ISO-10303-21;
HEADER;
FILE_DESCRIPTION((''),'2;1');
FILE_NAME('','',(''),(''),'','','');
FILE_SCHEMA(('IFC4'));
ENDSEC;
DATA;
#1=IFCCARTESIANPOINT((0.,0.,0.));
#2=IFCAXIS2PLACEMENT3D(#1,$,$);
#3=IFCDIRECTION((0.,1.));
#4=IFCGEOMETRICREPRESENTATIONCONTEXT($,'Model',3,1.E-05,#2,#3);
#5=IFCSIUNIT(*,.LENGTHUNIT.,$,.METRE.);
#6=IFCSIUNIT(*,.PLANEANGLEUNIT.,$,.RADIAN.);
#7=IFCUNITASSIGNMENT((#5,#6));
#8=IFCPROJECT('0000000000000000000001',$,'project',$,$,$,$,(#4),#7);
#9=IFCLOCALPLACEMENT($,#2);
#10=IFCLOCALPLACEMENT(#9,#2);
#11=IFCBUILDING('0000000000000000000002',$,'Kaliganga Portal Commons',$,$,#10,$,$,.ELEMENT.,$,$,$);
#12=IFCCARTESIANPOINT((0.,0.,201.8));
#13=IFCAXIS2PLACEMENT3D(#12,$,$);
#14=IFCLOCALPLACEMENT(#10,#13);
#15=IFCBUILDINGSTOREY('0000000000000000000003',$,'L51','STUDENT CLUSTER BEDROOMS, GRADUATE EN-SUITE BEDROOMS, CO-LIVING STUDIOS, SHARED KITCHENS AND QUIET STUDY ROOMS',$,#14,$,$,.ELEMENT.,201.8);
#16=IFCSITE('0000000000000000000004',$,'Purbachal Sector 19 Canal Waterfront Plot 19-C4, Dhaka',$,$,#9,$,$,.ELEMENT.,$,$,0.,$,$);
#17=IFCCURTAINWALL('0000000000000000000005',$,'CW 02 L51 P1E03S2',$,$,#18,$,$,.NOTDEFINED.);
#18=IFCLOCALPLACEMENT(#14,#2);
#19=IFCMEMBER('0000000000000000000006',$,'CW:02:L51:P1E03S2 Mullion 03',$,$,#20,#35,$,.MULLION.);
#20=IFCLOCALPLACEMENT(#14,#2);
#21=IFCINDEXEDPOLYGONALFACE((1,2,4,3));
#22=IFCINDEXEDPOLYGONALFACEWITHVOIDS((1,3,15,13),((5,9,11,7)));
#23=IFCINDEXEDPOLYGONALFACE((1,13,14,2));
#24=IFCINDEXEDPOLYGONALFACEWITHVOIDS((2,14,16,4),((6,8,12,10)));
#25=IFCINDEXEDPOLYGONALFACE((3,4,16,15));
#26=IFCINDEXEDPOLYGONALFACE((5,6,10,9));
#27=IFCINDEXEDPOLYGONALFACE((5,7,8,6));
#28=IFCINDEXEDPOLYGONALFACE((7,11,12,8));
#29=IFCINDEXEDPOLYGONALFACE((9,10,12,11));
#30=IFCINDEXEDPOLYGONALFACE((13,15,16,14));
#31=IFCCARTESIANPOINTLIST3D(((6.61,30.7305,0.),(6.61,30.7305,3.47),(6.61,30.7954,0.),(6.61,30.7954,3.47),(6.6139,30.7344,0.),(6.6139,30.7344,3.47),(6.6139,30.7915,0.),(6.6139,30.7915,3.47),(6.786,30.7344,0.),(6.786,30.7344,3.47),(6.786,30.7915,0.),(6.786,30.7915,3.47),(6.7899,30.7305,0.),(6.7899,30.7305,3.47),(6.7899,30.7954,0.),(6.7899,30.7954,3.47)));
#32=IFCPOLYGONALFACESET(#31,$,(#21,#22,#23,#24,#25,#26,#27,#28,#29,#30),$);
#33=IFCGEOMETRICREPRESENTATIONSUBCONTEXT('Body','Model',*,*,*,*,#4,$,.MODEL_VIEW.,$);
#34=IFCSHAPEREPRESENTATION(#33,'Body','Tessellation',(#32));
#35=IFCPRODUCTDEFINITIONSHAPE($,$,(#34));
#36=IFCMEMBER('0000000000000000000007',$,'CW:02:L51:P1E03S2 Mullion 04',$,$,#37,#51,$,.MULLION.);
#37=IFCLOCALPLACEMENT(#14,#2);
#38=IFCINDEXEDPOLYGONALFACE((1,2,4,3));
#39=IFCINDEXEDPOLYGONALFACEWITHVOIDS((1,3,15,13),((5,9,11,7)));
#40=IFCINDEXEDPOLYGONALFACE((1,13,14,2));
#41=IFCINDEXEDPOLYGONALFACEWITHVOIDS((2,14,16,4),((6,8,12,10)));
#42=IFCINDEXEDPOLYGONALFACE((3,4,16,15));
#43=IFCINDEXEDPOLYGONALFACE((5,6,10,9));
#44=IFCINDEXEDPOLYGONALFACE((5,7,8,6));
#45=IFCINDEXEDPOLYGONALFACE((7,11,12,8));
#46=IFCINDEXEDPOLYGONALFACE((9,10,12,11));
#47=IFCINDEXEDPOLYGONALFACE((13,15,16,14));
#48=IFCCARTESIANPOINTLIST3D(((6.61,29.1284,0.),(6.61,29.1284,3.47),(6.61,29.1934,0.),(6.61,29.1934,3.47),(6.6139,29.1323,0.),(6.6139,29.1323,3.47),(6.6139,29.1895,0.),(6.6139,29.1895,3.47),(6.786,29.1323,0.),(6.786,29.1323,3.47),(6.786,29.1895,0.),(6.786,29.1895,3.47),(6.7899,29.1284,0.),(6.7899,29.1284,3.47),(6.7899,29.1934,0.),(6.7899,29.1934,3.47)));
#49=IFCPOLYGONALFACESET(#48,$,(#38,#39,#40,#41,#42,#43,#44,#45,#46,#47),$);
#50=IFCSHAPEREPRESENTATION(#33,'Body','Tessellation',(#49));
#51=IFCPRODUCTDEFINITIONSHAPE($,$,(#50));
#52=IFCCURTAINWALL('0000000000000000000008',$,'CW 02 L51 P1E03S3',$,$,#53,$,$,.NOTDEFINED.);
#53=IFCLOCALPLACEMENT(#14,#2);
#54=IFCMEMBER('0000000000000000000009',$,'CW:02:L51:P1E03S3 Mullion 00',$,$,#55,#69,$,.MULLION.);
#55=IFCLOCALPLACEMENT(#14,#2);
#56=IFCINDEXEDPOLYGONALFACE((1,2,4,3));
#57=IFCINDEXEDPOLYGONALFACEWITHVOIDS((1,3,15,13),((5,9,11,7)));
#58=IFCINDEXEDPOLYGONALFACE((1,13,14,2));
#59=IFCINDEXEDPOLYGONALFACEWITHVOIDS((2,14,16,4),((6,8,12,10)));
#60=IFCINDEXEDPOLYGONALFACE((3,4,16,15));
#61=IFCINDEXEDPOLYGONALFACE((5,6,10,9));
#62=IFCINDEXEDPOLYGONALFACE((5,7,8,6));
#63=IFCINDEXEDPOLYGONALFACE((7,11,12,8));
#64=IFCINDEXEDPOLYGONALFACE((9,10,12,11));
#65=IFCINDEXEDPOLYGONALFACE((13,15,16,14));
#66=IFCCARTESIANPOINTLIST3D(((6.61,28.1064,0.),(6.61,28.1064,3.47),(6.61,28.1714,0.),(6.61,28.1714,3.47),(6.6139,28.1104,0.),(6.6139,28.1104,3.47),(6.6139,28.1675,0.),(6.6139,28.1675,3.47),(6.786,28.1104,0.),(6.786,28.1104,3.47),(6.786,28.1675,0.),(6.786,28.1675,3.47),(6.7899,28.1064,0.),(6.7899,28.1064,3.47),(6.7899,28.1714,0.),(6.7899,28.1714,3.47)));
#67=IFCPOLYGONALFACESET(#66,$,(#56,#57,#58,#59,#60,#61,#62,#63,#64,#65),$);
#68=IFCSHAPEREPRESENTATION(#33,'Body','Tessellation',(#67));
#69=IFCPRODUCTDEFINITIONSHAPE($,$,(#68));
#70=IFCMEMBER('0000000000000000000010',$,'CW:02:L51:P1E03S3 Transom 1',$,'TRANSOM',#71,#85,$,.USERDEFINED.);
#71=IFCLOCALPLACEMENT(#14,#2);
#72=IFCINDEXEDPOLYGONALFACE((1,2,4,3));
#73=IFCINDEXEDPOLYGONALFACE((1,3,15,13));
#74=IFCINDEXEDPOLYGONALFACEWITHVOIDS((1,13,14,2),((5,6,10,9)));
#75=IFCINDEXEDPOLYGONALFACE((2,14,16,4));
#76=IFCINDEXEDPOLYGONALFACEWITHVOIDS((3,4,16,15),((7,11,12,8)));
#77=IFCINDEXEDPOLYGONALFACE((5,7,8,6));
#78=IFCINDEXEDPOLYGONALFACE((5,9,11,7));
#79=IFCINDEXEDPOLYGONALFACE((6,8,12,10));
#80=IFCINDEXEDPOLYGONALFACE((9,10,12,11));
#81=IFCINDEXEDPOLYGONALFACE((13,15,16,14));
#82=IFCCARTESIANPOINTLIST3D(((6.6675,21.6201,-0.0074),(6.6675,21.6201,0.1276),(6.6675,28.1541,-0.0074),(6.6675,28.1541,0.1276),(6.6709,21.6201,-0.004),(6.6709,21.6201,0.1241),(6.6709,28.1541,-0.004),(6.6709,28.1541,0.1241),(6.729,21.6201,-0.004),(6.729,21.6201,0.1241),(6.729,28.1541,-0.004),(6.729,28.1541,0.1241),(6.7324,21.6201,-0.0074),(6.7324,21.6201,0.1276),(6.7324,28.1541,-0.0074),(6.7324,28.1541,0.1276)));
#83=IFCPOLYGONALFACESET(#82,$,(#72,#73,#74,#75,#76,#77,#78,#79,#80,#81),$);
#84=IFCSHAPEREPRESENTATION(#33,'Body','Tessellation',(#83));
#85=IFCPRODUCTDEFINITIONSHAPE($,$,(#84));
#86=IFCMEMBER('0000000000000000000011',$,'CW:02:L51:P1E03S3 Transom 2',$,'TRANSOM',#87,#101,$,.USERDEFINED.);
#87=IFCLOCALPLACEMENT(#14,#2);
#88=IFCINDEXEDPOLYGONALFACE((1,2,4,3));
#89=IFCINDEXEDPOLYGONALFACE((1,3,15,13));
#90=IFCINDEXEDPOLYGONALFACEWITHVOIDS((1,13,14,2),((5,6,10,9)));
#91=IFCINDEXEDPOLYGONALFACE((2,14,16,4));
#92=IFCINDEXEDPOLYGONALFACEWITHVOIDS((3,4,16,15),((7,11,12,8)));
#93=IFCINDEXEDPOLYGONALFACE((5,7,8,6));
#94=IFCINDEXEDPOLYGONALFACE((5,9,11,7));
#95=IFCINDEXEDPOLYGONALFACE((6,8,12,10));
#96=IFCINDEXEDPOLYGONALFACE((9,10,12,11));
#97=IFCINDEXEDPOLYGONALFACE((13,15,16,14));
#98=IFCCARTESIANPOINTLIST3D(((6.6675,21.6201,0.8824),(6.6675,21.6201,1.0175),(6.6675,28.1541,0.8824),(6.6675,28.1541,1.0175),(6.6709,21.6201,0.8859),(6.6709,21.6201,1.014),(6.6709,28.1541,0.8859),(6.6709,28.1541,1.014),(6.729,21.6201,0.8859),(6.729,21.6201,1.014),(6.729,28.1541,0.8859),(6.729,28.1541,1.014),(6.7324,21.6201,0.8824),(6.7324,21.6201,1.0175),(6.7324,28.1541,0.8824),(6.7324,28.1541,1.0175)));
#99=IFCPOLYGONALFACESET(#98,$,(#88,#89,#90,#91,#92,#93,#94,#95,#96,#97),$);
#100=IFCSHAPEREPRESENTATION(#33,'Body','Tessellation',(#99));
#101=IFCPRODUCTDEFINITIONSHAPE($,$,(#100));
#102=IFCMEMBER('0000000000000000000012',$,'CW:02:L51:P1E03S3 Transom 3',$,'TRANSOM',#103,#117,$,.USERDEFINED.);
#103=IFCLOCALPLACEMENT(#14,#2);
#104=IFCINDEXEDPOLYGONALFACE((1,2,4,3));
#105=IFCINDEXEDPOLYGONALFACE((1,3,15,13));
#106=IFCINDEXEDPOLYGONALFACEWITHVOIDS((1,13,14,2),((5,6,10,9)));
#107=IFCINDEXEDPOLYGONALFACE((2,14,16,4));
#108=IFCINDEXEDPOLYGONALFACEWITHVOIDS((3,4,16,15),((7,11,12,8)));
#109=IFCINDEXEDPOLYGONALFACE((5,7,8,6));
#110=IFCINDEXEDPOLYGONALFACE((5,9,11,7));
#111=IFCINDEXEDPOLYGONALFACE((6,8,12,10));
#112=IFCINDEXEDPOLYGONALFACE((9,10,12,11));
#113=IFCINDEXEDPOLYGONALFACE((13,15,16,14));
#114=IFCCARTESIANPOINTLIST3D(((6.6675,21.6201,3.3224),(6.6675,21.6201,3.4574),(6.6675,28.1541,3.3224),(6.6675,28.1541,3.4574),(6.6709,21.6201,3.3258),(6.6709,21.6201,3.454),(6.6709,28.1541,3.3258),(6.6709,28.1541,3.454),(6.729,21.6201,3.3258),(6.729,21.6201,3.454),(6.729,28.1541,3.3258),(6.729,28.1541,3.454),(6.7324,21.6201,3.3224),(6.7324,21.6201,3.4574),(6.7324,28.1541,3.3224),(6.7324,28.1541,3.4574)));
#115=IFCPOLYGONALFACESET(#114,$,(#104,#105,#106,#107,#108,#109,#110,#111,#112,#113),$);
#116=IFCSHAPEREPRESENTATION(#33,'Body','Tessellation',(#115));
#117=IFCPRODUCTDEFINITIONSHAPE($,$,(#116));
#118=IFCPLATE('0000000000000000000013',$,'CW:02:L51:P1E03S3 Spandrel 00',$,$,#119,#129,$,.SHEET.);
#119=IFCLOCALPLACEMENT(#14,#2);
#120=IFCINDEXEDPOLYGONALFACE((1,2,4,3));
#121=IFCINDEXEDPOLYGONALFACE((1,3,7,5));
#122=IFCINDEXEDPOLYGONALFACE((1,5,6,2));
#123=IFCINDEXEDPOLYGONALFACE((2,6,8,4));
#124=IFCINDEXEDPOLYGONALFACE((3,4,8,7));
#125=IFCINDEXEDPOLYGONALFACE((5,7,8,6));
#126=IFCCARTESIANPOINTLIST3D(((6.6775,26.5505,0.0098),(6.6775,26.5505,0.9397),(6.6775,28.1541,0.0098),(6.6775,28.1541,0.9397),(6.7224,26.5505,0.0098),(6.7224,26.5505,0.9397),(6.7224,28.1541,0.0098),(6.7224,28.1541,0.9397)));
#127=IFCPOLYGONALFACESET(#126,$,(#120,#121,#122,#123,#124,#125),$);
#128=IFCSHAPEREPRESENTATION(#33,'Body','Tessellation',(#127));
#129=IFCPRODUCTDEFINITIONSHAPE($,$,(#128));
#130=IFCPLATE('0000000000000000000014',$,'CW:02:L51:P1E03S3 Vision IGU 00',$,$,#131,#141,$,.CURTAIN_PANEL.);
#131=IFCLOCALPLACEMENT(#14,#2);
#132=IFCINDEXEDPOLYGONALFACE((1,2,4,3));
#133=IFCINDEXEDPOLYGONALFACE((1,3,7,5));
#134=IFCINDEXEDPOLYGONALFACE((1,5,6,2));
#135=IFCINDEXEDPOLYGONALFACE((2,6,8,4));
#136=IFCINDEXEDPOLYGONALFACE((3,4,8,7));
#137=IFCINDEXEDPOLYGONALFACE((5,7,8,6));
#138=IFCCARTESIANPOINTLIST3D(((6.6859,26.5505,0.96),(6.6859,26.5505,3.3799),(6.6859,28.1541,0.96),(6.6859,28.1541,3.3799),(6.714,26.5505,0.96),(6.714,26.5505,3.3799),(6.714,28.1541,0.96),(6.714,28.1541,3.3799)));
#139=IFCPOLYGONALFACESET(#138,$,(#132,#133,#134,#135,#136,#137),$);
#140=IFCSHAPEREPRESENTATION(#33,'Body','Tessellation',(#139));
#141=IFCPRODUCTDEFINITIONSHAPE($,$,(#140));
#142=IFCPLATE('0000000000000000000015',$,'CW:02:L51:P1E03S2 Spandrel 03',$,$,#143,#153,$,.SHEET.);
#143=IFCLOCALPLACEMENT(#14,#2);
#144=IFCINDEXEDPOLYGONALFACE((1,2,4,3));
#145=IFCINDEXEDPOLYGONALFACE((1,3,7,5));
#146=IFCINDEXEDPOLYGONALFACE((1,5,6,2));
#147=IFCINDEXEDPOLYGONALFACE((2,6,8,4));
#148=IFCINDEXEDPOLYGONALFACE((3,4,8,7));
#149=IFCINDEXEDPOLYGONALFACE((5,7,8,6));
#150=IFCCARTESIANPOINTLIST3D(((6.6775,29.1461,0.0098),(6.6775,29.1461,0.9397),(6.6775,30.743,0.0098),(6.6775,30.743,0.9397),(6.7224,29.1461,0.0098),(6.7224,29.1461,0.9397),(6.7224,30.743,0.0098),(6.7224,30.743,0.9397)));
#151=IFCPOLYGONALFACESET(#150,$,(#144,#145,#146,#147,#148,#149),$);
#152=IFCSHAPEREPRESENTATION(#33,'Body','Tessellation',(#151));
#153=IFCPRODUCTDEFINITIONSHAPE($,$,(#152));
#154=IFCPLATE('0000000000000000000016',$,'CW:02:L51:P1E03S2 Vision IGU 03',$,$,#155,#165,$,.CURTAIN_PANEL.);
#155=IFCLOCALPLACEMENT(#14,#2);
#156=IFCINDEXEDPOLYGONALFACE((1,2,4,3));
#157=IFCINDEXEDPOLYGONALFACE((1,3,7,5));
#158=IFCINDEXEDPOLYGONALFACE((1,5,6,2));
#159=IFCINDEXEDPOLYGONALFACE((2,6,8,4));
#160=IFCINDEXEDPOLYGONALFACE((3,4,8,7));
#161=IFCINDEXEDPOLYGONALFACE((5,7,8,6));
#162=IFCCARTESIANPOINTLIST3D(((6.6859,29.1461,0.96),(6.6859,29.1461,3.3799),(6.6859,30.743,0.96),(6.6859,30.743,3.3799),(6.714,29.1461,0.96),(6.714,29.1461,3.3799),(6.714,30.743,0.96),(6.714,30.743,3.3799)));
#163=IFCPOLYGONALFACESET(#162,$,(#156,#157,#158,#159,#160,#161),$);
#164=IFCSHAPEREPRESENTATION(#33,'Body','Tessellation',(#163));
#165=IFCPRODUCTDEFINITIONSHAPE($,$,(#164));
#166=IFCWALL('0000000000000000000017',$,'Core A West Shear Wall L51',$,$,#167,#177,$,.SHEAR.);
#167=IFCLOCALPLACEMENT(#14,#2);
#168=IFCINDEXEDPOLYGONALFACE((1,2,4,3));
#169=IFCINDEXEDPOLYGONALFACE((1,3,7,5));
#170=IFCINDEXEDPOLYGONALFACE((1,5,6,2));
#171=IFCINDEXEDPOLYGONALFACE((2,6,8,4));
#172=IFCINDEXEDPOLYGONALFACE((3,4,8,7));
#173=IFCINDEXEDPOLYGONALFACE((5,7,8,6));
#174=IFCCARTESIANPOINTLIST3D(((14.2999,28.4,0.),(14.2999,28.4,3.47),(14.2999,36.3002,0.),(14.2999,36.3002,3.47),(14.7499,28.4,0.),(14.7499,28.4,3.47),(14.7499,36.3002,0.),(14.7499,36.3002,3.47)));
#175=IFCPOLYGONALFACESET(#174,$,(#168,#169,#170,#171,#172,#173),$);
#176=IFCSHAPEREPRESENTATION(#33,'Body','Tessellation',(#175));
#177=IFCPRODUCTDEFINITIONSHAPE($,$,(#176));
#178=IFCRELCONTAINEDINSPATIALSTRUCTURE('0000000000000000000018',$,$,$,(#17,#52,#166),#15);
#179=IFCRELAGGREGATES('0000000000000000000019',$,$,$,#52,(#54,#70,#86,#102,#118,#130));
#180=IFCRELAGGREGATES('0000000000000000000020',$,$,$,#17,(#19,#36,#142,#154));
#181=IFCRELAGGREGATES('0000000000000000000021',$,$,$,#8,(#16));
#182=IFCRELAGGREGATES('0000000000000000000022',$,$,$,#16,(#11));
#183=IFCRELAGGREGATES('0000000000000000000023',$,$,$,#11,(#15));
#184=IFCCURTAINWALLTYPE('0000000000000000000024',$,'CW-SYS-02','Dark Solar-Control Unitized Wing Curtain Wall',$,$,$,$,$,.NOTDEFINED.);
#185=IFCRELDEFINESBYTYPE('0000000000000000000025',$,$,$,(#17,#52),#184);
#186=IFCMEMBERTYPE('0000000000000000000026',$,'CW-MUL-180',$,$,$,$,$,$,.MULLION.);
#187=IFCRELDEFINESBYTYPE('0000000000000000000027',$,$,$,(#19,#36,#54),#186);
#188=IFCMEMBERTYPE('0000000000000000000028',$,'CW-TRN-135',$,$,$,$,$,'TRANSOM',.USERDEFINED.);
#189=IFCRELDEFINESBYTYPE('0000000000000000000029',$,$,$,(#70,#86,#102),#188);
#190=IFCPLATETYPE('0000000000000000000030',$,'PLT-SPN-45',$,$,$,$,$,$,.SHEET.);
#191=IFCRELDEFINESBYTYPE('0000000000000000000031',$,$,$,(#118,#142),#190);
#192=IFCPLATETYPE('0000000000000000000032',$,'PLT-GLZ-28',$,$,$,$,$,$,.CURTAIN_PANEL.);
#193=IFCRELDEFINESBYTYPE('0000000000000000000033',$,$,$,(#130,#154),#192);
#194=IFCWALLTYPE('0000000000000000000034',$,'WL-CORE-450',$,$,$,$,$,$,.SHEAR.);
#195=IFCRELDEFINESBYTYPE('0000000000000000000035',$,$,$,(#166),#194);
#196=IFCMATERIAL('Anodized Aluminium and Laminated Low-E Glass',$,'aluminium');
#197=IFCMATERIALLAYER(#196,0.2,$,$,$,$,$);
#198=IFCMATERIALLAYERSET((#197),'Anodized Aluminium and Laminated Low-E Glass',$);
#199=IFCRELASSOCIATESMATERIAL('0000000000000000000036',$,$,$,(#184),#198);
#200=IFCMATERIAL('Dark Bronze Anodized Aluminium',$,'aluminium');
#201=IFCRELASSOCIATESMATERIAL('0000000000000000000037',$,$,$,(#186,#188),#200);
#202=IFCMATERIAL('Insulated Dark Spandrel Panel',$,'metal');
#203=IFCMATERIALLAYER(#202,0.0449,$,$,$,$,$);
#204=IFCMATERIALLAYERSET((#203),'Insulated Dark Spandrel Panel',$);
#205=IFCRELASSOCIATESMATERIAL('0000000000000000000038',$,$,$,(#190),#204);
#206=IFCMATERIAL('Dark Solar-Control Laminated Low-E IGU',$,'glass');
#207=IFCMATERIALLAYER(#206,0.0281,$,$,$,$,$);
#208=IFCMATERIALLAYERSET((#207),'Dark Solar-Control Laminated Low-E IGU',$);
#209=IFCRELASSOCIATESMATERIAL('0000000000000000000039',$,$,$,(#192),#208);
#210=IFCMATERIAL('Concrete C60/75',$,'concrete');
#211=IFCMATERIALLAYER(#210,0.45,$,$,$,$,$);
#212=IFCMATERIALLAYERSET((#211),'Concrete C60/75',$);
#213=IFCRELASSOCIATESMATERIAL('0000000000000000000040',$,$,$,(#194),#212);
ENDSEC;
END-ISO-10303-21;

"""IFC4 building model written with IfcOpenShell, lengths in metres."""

from ifc_helpers import new_model, si_unit, direction, frame, frame_2d, origin, origin_2d, place, context, subcontext, project, spatial, rectangle, hollow_rectangle, extrude, source, transform, mapped, material, layer, layer_set, material_profile, profile_set, type_object, element, aggregate, save


model = new_model("IFC4")

# Units and contexts
model_context = context("Model", 3, precision=1e-05, world=origin(), true_north=direction((0.0, 1.0)))
body_context = subcontext(model_context, "Body", "Model", "MODEL_VIEW")
ifc_project = project(units=[si_unit("LENGTHUNIT", "METRE"), si_unit("PLANEANGLEUNIT", "RADIAN")], contexts=[model_context])

# Site, building, storey
site_placement = place(None, origin())
site = spatial("IfcSite", under=ifc_project, at=site_placement, Name="Purbachal Sector 19 Canal Waterfront Plot 19-C4, Dhaka", CompositionType="ELEMENT", RefElevation=0.0)
building_placement = place(site_placement, origin())
building = spatial("IfcBuilding", under=site, at=building_placement, Name="Kaliganga Portal Commons", CompositionType="ELEMENT")
storey_placement = place(building_placement, frame((0.0, 0.0, 201.8)))
storey = spatial("IfcBuildingStorey", under=building, at=storey_placement, Name="L51", Description="STUDENT CLUSTER BEDROOMS, GRADUATE EN-SUITE BEDROOMS, CO-LIVING STUDIOS, SHARED KITCHENS AND QUIET STUDY ROOMS", CompositionType="ELEMENT", Elevation=201.8)

# Curtain wall, members
ifc_material_1 = material(Name="Anodized Aluminium and Laminated Low-E Glass", Category="aluminium")
ifc_layer_1 = layer(ifc_material_1, 0.2)
ifc_layer_set_1 = layer_set([ifc_layer_1], Name="Anodized Aluminium and Laminated Low-E Glass")
curtain_wall_type = type_object("IfcCurtainWallType", Name="CW-SYS-02", Description="Dark Solar-Control Unitized Wing Curtain Wall", PredefinedType="NOTDEFINED", material=ifc_layer_set_1)
curtain_wall_1_placement = place(storey_placement, origin())
curtain_wall_1 = element("IfcCurtainWall", 1, at=curtain_wall_1_placement, inside=storey, type_object=curtain_wall_type, Name="CW 02 L51 P1E03S2", PredefinedType="NOTDEFINED")
ifc_material_2 = material(Name="Dark Bronze Anodized Aluminium", Category="aluminium")
ifc_material_profile_1 = material_profile(ifc_material_2, hollow_rectangle(XDim=0.0649, YDim=0.1799, WallThickness=0.0039, at=origin_2d()), Name="ALU MULL 65x180x4")
ifc_profile_set_1 = profile_set([ifc_material_profile_1], Name="Dark Bronze Anodized Aluminium")
member_type_1 = type_object("IfcMemberType", Name="CW-MUL-180", PredefinedType="MULLION", material=ifc_profile_set_1)
shared_shape_1 = source(origin(), body_context, "Body", "SweptSolid", [
    extrude(hollow_rectangle(XDim=0.0649, YDim=0.1799, WallThickness=0.0039, at=origin_2d()), origin(), (0.0, 0.0, 1.0), 3.47),
])
member_1_placement = place(storey_placement, frame((6.7, 30.7629, 0.0), z_axis=(0.0, 0.0, 1.0), x_axis=(0.0, -1.0, 0.0)))
member_1 = element("IfcMember", 2, at=member_1_placement, type_object=member_type_1, Name="CW:02:L51:P1E03S2 Mullion 03", PredefinedType="MULLION", context=body_context, shape_type="MappedRepresentation", body=[
    mapped(shared_shape_1, transform((0.0, 0.0, 0.0), x_axis=(1.0, 0.0, 0.0), y_axis=(0.0, 1.0, 0.0), z_axis=(0.0, 0.0, 1.0), scale=1.0)),
])
member_2_placement = place(storey_placement, frame((6.7, 29.1609, 0.0), z_axis=(0.0, 0.0, 1.0), x_axis=(0.0, -1.0, 0.0)))
member_2 = element("IfcMember", 3, at=member_2_placement, type_object=member_type_1, Name="CW:02:L51:P1E03S2 Mullion 04", PredefinedType="MULLION", context=body_context, shape_type="MappedRepresentation", body=[
    mapped(shared_shape_1, transform((0.0, 0.0, 0.0), x_axis=(1.0, 0.0, 0.0), y_axis=(0.0, 1.0, 0.0), z_axis=(0.0, 0.0, 1.0), scale=1.0)),
])

# Curtain wall, members, plates
curtain_wall_2_placement = place(storey_placement, origin())
curtain_wall_2 = element("IfcCurtainWall", 4, at=curtain_wall_2_placement, inside=storey, type_object=curtain_wall_type, Name="CW 02 L51 P1E03S3", PredefinedType="NOTDEFINED")
member_3_placement = place(storey_placement, frame((6.7, 28.1389, 0.0), z_axis=(0.0, 0.0, 1.0), x_axis=(0.0, -1.0, 0.0)))
member_3 = element("IfcMember", 5, at=member_3_placement, type_object=member_type_1, Name="CW:02:L51:P1E03S3 Mullion 00", PredefinedType="MULLION", context=body_context, shape_type="MappedRepresentation", body=[
    mapped(shared_shape_1, transform((0.0, 0.0, 0.0), x_axis=(1.0, 0.0, 0.0), y_axis=(0.0, 1.0, 0.0), z_axis=(0.0, 0.0, 1.0), scale=1.0)),
])
ifc_material_profile_2 = material_profile(ifc_material_2, hollow_rectangle(XDim=0.0649, YDim=0.135, WallThickness=0.0034, at=origin_2d()), Name="ALU TRAN 65x135x3.5")
ifc_profile_set_2 = profile_set([ifc_material_profile_2], Name="Dark Bronze Anodized Aluminium")
member_type_2 = type_object("IfcMemberType", Name="CW-TRN-135", ElementType="TRANSOM", PredefinedType="USERDEFINED", material=ifc_profile_set_2)
shared_shape_2 = source(origin(), body_context, "Body", "SweptSolid", [
    extrude(hollow_rectangle(XDim=0.0649, YDim=0.135, WallThickness=0.0034, at=origin_2d()), origin(), (0.0, 0.0, 1.0), 6.5339),
])
member_4_placement = place(storey_placement, frame((6.7, 28.1541, 0.0601), z_axis=(0.0, -1.0, 0.0), x_axis=(1.0, 0.0, 0.0)))
member_4 = element("IfcMember", 6, at=member_4_placement, type_object=member_type_2, Name="CW:02:L51:P1E03S3 Transom 1", ObjectType="TRANSOM", PredefinedType="USERDEFINED", context=body_context, shape_type="MappedRepresentation", body=[
    mapped(shared_shape_2, transform((0.0, 0.0, 0.0), x_axis=(1.0, 0.0, 0.0), y_axis=(0.0, 1.0, 0.0), z_axis=(0.0, 0.0, 1.0), scale=1.0)),
])
member_5_placement = place(storey_placement, frame((6.7, 28.1541, 0.95), z_axis=(0.0, -1.0, 0.0), x_axis=(1.0, 0.0, 0.0)))
member_5 = element("IfcMember", 7, at=member_5_placement, type_object=member_type_2, Name="CW:02:L51:P1E03S3 Transom 2", ObjectType="TRANSOM", PredefinedType="USERDEFINED", context=body_context, shape_type="MappedRepresentation", body=[
    mapped(shared_shape_2, transform((0.0, 0.0, 0.0), x_axis=(1.0, 0.0, 0.0), y_axis=(0.0, 1.0, 0.0), z_axis=(0.0, 0.0, 1.0), scale=1.0)),
])
member_6_placement = place(storey_placement, frame((6.7, 28.1541, 3.3899), z_axis=(0.0, -1.0, 0.0), x_axis=(1.0, 0.0, 0.0)))
member_6 = element("IfcMember", 8, at=member_6_placement, type_object=member_type_2, Name="CW:02:L51:P1E03S3 Transom 3", ObjectType="TRANSOM", PredefinedType="USERDEFINED", context=body_context, shape_type="MappedRepresentation", body=[
    mapped(shared_shape_2, transform((0.0, 0.0, 0.0), x_axis=(1.0, 0.0, 0.0), y_axis=(0.0, 1.0, 0.0), z_axis=(0.0, 0.0, 1.0), scale=1.0)),
])
ifc_material_3 = material(Name="Insulated Dark Spandrel Panel", Category="metal")
ifc_layer_2 = layer(ifc_material_3, 0.0449)
ifc_layer_set_2 = layer_set([ifc_layer_2], Name="Insulated Dark Spandrel Panel")
plate_type_1 = type_object("IfcPlateType", Name="PLT-SPN-45", PredefinedType="SHEET", material=ifc_layer_set_2)
shared_shape_3 = source(origin(), body_context, "Body", "SweptSolid", [
    extrude(rectangle(XDim=1.6035, YDim=0.0449, at=origin_2d()), origin(), (0.0, 0.0, 1.0), 0.9299),
])
plate_1_placement = place(storey_placement, frame((6.7, 27.3523, 0.0098), z_axis=(0.0, 0.0, 1.0), x_axis=(0.0, -1.0, 0.0)))
plate_1 = element("IfcPlate", 9, at=plate_1_placement, type_object=plate_type_1, Name="CW:02:L51:P1E03S3 Spandrel 00", PredefinedType="SHEET", context=body_context, shape_type="MappedRepresentation", body=[
    mapped(shared_shape_3, transform((0.0, 0.0, 0.0), x_axis=(1.0, 0.0, 0.0), y_axis=(0.0, 1.0, 0.0), z_axis=(0.0, 0.0, 1.0), scale=1.0)),
])
ifc_material_4 = material(Name="Dark Solar-Control Laminated Low-E IGU", Category="glass")
ifc_layer_3 = layer(ifc_material_4, 0.0281)
ifc_layer_set_3 = layer_set([ifc_layer_3], Name="Dark Solar-Control Laminated Low-E IGU")
plate_type_2 = type_object("IfcPlateType", Name="PLT-GLZ-28", PredefinedType="CURTAIN_PANEL", material=ifc_layer_set_3)
shared_shape_4 = source(origin(), body_context, "Body", "SweptSolid", [
    extrude(rectangle(XDim=1.6035, YDim=0.0281, at=origin_2d()), origin(), (0.0, 0.0, 1.0), 2.4199),
])
plate_2_placement = place(storey_placement, frame((6.7, 27.3523, 0.96), z_axis=(0.0, 0.0, 1.0), x_axis=(0.0, -1.0, 0.0)))
plate_2 = element("IfcPlate", 10, at=plate_2_placement, type_object=plate_type_2, Name="CW:02:L51:P1E03S3 Vision IGU 00", PredefinedType="CURTAIN_PANEL", context=body_context, shape_type="MappedRepresentation", body=[
    mapped(shared_shape_4, transform((0.0, 0.0, 0.0), x_axis=(1.0, 0.0, 0.0), y_axis=(0.0, 1.0, 0.0), z_axis=(0.0, 0.0, 1.0), scale=1.0)),
])
aggregate(curtain_wall_2, [member_3, member_4, member_5, member_6, plate_1, plate_2])

# Plates
shared_shape_5 = source(origin(), body_context, "Body", "SweptSolid", [
    extrude(rectangle(XDim=1.5969, YDim=0.0449, at=origin_2d()), origin(), (0.0, 0.0, 1.0), 0.9299),
])
plate_3_placement = place(storey_placement, frame((6.7, 29.9446, 0.0098), z_axis=(0.0, 0.0, 1.0), x_axis=(0.0, -1.0, 0.0)))
plate_3 = element("IfcPlate", 11, at=plate_3_placement, type_object=plate_type_1, Name="CW:02:L51:P1E03S2 Spandrel 03", PredefinedType="SHEET", context=body_context, shape_type="MappedRepresentation", body=[
    mapped(shared_shape_5, transform((0.0, 0.0, 0.0), x_axis=(1.0, 0.0, 0.0), y_axis=(0.0, 1.0, 0.0), z_axis=(0.0, 0.0, 1.0), scale=1.0)),
])
shared_shape_6 = source(origin(), body_context, "Body", "SweptSolid", [
    extrude(rectangle(XDim=1.5969, YDim=0.0281, at=origin_2d()), origin(), (0.0, 0.0, 1.0), 2.4199),
])
plate_4_placement = place(storey_placement, frame((6.7, 29.9446, 0.96), z_axis=(0.0, 0.0, 1.0), x_axis=(0.0, -1.0, 0.0)))
plate_4 = element("IfcPlate", 12, at=plate_4_placement, type_object=plate_type_2, Name="CW:02:L51:P1E03S2 Vision IGU 03", PredefinedType="CURTAIN_PANEL", context=body_context, shape_type="MappedRepresentation", body=[
    mapped(shared_shape_6, transform((0.0, 0.0, 0.0), x_axis=(1.0, 0.0, 0.0), y_axis=(0.0, 1.0, 0.0), z_axis=(0.0, 0.0, 1.0), scale=1.0)),
])
aggregate(curtain_wall_1, [member_1, member_2, plate_3, plate_4])

# Wall
ifc_material_5 = material(Name="Concrete C60/75", Category="concrete")
ifc_layer_4 = layer(ifc_material_5, 0.45)
ifc_layer_set_4 = layer_set([ifc_layer_4], Name="Concrete C60/75")
wall_type_1 = type_object("IfcWallType", Name="WL-CORE-450", PredefinedType="SHEAR", material=ifc_layer_set_4)
wall_1_placement = place(storey_placement, frame((14.5249, 28.3999, 0.0), z_axis=(0.0, 0.0, 1.0), x_axis=(0.0, 1.0, 0.0)))
element("IfcWall", 13, at=wall_1_placement, inside=storey, type_object=wall_type_1, Name="Core A West Shear Wall L51", PredefinedType="SHEAR", context=body_context, shape_type="SweptSolid", body=[
    extrude(rectangle(XDim=7.9001, YDim=0.45, at=frame_2d((3.9502, 0.0))), origin(), (0.0, 0.0, 1.0), 3.47),
])

save(model, "model.ifc")
